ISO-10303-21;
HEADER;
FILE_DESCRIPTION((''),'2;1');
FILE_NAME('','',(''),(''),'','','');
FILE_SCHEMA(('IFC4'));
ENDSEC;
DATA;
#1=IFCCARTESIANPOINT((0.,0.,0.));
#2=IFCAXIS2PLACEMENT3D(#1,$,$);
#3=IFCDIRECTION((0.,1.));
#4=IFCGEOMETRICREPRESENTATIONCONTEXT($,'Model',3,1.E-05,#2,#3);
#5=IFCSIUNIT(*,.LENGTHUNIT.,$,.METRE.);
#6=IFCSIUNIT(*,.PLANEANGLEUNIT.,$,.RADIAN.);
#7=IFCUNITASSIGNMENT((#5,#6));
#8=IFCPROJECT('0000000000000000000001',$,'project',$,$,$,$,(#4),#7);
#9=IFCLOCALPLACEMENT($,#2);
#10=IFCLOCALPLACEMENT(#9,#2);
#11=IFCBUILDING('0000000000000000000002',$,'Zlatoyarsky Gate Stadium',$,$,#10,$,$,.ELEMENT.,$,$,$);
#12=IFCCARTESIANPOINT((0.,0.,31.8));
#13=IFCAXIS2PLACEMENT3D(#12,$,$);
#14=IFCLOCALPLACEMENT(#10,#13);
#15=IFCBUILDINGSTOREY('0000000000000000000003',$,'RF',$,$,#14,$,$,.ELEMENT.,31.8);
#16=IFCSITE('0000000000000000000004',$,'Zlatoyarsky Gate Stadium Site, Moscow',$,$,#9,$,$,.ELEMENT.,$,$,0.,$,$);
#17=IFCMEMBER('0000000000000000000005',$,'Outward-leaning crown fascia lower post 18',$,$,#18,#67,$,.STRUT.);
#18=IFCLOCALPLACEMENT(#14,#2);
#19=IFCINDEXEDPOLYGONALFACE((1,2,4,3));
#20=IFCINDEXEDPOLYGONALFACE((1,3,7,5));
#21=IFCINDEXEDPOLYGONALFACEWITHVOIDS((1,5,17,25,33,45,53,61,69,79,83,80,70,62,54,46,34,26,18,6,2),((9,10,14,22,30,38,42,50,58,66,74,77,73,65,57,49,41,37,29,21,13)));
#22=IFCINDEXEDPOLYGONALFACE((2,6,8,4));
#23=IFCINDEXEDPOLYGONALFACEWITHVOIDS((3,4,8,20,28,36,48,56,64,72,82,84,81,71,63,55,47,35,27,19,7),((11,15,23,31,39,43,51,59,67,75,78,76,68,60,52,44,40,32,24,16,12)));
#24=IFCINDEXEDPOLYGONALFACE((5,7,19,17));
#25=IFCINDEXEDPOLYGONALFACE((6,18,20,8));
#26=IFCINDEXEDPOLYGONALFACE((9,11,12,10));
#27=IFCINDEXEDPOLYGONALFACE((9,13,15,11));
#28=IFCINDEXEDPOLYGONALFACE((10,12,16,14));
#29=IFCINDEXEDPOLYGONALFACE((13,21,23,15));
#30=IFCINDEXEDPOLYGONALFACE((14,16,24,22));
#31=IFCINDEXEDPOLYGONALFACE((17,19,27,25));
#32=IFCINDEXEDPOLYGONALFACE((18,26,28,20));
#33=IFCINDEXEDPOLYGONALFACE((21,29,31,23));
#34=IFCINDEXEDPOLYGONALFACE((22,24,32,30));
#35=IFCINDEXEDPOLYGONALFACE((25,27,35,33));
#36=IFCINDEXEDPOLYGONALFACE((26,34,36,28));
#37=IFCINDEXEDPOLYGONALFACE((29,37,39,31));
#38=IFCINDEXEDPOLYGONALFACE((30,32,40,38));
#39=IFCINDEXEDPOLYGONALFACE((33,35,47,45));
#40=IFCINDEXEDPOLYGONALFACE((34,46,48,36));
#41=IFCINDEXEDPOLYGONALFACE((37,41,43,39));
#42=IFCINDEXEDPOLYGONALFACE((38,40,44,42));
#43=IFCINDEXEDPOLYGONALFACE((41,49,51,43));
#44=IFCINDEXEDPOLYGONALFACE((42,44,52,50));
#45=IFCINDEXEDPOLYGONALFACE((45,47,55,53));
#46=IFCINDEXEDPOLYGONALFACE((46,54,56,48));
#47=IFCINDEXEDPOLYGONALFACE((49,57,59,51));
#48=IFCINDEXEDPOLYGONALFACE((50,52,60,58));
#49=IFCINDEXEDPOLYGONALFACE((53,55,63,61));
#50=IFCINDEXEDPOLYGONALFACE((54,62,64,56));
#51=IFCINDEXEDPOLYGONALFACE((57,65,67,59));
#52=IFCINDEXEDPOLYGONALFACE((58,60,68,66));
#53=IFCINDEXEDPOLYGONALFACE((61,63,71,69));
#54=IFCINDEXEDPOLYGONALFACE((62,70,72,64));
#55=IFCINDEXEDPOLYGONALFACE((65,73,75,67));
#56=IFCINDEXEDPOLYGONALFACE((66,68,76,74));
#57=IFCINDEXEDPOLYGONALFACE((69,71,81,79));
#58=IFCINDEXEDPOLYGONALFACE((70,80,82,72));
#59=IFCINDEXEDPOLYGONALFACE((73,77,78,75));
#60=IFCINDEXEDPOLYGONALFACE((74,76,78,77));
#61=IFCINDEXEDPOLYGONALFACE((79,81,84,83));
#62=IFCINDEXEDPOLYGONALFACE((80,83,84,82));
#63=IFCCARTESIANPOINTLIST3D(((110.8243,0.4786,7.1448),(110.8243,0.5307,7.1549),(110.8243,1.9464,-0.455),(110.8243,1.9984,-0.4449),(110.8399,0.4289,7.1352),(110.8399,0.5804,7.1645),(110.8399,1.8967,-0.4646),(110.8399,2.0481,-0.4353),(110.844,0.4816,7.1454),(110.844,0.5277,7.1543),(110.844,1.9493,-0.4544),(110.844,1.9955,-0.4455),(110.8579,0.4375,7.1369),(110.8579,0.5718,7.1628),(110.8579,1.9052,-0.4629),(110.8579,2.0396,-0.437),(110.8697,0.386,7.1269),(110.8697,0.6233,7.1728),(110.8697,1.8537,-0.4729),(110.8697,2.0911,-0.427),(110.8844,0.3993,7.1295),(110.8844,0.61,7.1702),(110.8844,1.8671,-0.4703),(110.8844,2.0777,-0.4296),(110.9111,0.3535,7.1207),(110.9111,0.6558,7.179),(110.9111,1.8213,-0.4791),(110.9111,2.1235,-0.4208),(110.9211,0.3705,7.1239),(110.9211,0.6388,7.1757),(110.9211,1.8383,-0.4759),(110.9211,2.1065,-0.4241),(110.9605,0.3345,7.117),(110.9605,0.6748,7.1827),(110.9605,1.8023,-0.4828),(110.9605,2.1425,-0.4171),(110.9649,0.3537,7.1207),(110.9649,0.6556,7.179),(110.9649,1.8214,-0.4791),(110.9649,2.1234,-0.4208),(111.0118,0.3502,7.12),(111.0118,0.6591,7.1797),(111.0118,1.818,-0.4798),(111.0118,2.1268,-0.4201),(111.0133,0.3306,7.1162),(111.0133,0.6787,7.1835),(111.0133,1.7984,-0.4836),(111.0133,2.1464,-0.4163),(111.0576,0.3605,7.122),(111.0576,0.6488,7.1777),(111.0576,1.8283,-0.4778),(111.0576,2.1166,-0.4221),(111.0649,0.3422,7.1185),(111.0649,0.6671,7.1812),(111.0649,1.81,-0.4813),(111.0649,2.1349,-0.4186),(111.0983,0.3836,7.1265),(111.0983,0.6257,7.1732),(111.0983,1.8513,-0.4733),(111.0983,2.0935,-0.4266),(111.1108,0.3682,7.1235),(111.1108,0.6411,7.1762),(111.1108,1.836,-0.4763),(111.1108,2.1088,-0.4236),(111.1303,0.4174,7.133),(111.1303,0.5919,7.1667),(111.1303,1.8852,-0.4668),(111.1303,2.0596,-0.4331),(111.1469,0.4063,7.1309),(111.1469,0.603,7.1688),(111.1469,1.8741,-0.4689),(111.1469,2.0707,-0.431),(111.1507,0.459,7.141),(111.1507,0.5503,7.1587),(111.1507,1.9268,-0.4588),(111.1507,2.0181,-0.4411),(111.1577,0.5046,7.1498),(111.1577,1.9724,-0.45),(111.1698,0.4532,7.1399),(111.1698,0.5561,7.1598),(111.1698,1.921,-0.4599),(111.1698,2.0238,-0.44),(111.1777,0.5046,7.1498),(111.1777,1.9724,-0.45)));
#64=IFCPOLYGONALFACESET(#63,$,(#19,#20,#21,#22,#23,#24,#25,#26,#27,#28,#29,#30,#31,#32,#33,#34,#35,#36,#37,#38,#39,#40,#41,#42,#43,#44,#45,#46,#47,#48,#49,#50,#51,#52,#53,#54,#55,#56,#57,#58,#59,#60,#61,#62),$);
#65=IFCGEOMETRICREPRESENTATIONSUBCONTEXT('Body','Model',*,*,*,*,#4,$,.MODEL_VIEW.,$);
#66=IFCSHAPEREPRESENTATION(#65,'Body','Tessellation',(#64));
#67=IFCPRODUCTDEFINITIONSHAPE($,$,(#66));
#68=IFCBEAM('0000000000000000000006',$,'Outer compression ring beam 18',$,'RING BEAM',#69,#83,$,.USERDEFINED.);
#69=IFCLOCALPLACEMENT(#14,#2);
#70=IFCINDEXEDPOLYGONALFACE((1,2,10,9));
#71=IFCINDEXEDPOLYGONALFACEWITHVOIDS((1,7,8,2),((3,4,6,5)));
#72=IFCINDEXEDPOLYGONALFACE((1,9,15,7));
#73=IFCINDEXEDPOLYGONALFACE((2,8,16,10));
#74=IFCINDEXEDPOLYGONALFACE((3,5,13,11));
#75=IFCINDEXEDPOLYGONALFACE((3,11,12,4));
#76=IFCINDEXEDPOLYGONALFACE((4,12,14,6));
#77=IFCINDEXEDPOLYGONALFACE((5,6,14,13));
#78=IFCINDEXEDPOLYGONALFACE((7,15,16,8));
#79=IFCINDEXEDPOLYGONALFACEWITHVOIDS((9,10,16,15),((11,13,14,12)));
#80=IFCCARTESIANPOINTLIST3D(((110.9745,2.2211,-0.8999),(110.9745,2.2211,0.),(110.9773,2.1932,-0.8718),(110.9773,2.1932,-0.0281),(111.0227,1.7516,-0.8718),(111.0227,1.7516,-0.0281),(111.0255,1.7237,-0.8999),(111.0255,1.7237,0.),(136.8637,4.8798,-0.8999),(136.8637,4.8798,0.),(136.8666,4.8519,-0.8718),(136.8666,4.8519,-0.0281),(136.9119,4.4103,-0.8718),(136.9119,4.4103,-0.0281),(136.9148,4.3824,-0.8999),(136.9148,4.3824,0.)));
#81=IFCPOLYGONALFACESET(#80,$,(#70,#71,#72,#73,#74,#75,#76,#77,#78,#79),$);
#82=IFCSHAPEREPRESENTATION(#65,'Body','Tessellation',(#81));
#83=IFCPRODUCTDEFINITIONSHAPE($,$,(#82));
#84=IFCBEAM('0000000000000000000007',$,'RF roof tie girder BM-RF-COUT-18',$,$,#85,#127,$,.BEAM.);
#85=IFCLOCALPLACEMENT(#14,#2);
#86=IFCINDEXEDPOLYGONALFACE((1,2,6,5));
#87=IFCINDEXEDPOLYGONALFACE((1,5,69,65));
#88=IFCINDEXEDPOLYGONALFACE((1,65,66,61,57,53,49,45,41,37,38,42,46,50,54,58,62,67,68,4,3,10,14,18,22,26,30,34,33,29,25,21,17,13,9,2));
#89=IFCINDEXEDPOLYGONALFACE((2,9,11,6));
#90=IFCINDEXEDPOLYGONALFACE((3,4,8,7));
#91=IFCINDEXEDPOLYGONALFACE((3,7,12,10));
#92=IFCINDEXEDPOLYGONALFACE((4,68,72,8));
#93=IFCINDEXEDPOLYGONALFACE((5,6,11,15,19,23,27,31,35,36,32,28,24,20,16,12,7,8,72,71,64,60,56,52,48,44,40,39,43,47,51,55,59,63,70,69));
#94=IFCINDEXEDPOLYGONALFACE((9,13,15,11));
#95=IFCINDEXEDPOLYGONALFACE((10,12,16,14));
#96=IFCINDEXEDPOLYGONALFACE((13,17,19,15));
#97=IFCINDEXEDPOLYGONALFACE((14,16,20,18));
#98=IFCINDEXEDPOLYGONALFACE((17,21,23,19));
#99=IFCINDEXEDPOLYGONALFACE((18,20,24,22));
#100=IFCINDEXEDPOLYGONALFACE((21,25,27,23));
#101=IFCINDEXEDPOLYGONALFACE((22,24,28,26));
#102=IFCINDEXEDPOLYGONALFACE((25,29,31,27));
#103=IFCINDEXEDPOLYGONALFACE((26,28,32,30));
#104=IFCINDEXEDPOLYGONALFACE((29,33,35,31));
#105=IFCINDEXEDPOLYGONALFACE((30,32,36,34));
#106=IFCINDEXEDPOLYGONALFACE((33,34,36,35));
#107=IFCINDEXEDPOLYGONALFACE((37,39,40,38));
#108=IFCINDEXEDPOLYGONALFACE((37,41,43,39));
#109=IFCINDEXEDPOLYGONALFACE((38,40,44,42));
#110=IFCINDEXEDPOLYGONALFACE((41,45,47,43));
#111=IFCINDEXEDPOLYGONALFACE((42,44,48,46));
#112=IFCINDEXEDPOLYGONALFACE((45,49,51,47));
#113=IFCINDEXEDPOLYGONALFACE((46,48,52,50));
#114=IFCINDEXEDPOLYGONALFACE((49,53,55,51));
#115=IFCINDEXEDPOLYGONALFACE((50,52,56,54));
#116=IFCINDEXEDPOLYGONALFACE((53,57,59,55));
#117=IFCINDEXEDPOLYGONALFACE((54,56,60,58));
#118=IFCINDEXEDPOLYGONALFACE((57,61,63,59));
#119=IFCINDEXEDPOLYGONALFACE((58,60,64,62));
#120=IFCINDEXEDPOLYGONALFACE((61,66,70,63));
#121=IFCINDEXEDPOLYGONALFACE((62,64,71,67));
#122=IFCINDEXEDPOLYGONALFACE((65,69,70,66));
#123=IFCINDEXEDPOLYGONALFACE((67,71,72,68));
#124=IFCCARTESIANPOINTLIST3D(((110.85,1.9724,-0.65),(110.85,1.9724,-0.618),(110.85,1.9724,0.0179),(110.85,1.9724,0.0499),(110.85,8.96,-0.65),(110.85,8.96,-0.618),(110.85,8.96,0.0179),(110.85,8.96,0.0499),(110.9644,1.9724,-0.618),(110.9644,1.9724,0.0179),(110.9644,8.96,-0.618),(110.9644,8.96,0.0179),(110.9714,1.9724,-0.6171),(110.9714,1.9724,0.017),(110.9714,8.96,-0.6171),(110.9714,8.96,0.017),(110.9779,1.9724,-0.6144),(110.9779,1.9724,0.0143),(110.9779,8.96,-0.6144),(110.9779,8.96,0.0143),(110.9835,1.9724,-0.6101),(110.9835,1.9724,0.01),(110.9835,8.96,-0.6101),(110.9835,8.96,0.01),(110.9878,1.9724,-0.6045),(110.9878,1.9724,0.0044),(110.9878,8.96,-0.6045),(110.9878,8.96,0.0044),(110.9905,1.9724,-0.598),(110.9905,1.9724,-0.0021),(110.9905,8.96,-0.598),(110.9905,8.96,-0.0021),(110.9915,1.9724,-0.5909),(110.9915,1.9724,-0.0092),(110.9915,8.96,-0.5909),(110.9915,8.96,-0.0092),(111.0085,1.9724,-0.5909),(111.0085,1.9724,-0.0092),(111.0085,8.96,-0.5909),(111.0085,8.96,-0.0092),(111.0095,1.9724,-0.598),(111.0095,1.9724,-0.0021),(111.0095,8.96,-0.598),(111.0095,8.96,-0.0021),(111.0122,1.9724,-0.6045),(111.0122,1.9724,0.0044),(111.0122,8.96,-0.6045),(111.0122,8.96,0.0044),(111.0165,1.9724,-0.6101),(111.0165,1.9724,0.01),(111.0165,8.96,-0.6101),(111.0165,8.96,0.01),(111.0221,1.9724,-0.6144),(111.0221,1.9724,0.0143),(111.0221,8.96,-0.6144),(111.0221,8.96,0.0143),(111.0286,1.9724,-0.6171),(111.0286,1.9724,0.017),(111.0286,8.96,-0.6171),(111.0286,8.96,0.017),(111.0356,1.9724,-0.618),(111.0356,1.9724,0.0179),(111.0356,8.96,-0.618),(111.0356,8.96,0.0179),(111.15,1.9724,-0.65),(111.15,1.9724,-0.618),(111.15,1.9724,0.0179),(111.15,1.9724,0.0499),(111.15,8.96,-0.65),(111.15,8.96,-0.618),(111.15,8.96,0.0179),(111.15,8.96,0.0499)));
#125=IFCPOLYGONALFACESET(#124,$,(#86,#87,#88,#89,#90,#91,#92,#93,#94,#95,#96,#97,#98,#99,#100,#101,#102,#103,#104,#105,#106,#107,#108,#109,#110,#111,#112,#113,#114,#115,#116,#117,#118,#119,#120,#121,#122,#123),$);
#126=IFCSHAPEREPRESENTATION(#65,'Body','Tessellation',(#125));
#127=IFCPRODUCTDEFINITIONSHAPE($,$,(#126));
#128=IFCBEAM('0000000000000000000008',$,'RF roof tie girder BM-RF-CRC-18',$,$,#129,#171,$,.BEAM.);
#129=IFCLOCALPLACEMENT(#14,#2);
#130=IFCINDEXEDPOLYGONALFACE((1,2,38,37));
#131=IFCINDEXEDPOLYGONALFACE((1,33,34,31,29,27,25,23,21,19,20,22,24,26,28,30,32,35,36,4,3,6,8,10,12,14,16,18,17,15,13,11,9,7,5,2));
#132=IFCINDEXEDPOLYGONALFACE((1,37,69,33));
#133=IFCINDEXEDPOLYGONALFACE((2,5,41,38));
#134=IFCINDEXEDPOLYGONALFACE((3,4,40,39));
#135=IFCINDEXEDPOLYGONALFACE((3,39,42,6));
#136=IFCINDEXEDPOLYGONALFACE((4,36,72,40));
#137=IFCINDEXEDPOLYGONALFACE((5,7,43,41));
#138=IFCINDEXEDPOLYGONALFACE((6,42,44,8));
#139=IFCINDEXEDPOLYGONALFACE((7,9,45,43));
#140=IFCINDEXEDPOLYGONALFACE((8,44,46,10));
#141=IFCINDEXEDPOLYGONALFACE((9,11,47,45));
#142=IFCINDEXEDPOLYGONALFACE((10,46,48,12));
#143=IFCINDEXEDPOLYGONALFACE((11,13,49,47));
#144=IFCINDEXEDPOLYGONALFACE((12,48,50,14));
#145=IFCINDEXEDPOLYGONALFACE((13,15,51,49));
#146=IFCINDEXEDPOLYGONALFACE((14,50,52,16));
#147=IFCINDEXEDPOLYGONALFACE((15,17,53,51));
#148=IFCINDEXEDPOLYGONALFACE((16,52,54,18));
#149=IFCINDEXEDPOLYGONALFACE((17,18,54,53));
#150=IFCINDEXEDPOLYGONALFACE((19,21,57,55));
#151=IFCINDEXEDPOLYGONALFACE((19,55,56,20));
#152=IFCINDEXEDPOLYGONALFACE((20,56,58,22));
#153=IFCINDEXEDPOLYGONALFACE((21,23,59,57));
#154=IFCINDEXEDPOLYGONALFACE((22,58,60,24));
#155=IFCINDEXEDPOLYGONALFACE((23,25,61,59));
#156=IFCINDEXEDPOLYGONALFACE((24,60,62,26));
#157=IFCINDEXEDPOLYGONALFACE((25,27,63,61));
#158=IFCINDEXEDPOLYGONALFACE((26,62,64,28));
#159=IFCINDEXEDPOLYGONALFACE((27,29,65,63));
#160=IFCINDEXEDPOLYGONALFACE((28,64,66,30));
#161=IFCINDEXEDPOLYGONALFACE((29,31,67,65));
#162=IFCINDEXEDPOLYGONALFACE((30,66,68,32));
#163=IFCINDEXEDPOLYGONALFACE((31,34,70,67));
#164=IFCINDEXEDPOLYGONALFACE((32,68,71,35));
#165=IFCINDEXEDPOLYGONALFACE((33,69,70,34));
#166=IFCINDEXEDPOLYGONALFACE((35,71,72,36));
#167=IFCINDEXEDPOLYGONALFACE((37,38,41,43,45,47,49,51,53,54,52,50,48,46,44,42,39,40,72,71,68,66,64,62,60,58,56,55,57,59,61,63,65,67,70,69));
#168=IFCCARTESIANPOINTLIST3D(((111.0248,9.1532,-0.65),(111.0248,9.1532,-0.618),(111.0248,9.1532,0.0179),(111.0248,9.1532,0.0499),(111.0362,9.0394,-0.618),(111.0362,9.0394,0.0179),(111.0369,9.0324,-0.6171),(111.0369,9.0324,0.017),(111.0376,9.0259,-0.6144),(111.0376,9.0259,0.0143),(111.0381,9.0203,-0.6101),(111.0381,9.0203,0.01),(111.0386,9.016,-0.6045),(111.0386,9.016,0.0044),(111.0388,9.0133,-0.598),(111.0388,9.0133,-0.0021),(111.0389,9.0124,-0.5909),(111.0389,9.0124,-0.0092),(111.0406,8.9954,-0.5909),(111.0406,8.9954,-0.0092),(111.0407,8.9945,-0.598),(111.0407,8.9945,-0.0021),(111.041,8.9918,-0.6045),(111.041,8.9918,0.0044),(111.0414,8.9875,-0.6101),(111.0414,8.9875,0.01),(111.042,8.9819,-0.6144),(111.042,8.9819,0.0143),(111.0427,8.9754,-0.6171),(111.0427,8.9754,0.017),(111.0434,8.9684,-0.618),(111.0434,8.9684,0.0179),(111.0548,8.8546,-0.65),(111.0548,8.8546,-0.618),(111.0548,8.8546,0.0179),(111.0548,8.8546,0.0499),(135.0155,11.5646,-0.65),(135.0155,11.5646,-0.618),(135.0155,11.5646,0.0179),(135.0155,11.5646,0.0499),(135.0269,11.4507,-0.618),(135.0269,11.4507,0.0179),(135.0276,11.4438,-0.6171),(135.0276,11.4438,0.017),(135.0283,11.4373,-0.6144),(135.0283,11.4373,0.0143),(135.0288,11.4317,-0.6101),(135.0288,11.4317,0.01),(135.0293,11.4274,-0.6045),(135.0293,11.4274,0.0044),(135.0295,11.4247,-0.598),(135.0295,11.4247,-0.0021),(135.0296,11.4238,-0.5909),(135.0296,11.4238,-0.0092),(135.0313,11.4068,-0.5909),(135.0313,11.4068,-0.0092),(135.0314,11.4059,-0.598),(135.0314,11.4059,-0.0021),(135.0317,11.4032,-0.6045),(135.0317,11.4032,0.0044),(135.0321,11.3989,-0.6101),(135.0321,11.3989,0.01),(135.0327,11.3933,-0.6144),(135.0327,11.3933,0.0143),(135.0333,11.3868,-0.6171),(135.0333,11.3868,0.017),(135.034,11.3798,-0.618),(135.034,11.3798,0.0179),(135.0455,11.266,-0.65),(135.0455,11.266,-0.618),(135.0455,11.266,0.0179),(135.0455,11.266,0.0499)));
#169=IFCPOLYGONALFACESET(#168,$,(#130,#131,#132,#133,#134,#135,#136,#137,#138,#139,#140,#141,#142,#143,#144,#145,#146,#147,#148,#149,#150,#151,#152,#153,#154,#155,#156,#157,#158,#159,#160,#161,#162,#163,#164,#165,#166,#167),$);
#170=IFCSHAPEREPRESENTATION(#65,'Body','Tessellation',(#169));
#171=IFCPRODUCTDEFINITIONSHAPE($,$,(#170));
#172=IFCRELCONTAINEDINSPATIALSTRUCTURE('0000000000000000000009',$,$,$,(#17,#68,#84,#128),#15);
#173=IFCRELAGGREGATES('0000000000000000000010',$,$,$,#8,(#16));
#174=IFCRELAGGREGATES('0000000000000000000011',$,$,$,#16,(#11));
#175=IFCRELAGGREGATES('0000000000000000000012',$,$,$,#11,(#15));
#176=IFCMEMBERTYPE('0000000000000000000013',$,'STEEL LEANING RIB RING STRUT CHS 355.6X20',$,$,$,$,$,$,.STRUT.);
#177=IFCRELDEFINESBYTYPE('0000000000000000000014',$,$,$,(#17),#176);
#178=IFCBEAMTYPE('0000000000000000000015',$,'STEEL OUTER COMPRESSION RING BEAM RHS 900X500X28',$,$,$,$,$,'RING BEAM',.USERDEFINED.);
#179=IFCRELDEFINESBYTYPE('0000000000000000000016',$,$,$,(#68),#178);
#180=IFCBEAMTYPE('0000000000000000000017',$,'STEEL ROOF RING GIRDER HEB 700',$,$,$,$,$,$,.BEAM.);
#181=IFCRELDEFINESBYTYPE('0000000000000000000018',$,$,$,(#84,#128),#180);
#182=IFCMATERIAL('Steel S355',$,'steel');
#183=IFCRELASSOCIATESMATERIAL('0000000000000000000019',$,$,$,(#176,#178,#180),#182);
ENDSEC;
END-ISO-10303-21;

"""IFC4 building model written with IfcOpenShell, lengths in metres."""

from ifc_helpers import new_model, si_unit, direction, frame, origin, origin_2d, place, context, subcontext, project, spatial, hollow_rectangle, hollow_circle, i_section, extrude, material, material_profile, profile_set, type_object, element, save


model = new_model("IFC4")

# Units and contexts
model_context = context("Model", 3, precision=1e-05, world=origin(), true_north=direction((0.0, 1.0)))
body_context = subcontext(model_context, "Body", "Model", "MODEL_VIEW")
ifc_project = project(units=[si_unit("LENGTHUNIT", "METRE"), si_unit("PLANEANGLEUNIT", "RADIAN")], contexts=[model_context])

# Site, building, storey
site_placement = place(None, origin())
site = spatial("IfcSite", under=ifc_project, at=site_placement, Name="Zlatoyarsky Gate Stadium Site, Moscow", CompositionType="ELEMENT", RefElevation=0.0)
building_placement = place(site_placement, origin())
building = spatial("IfcBuilding", under=site, at=building_placement, Name="Zlatoyarsky Gate Stadium", CompositionType="ELEMENT")
storey_placement = place(building_placement, frame((0.0, 0.0, 31.8)))
storey = spatial("IfcBuildingStorey", under=building, at=storey_placement, Name="RF", CompositionType="ELEMENT", Elevation=31.8)

# Member
ifc_material_1 = material(Name="Steel S355", Category="steel")
ifc_material_profile_1 = material_profile(ifc_material_1, hollow_circle(Radius=0.1777, WallThickness=0.02, at=origin_2d()), Name="CHS 355.6X20")
ifc_profile_set_1 = profile_set([ifc_material_profile_1], Name="Steel S355")
member_type_1 = type_object("IfcMemberType", Name="STEEL LEANING RIB RING STRUT CHS 355.6X20", PredefinedType="STRUT", material=ifc_profile_set_1)
member_1_placement = place(storey_placement, frame((111.0, 1.9724, -0.45), z_axis=(0.0, -0.189628, 0.981856), x_axis=(1.0, 0.0, 0.0)))
element("IfcMember", 1, at=member_1_placement, inside=storey, type_object=member_type_1, Name="Outward-leaning crown fascia lower post 18", PredefinedType="STRUT", context=body_context, shape_type="SweptSolid", body=[
    extrude(hollow_circle(Radius=0.1777, WallThickness=0.02, at=origin_2d()), origin(), (0.0, 0.0, 1.0), 7.7402),
])

# Beams
ifc_material_profile_2 = material_profile(ifc_material_1, hollow_rectangle(XDim=0.5, YDim=0.8999, WallThickness=0.0281, at=origin_2d()), Name="RHS 900X500X28")
ifc_profile_set_2 = profile_set([ifc_material_profile_2], Name="Steel S355")
beam_type_1 = type_object("IfcBeamType", Name="STEEL OUTER COMPRESSION RING BEAM RHS 900X500X28", ElementType="RING BEAM", PredefinedType="USERDEFINED", material=ifc_profile_set_2)
beam_1_placement = place(storey_placement, frame((111.0, 1.9724, -0.45), z_axis=(0.994768, 0.102158, 0.0), x_axis=(-0.102158, 0.994768, 0.0)))
element("IfcBeam", 2, at=beam_1_placement, inside=storey, type_object=beam_type_1, Name="Outer compression ring beam 18", ObjectType="RING BEAM", PredefinedType="USERDEFINED", context=body_context, shape_type="SweptSolid", body=[
    extrude(hollow_rectangle(XDim=0.5, YDim=0.8999, WallThickness=0.0281, at=origin_2d()), origin(), (0.0, 0.0, 1.0), 26.0254),
])
ifc_material_profile_3 = material_profile(ifc_material_1, i_section(OverallWidth=0.3, OverallDepth=0.7, WebThickness=0.0171, FlangeThickness=0.032, FilletRadius=0.0271, at=origin_2d()), Name="HEB 700")
ifc_profile_set_3 = profile_set([ifc_material_profile_3], Name="Steel S355")
beam_type_2 = type_object("IfcBeamType", Name="STEEL ROOF RING GIRDER HEB 700", PredefinedType="BEAM", material=ifc_profile_set_3)
beam_2_placement = place(storey_placement, frame((111.0, 8.96, -0.3), z_axis=(0.0, -1.0, 0.0), x_axis=(1.0, 0.0, 0.0)))
element("IfcBeam", 3, at=beam_2_placement, inside=storey, type_object=beam_type_2, Name="RF roof tie girder BM-RF-COUT-18", PredefinedType="BEAM", context=body_context, shape_type="SweptSolid", body=[
    extrude(i_section(OverallWidth=0.3, OverallDepth=0.7, WebThickness=0.0171, FlangeThickness=0.032, FilletRadius=0.0271, at=origin_2d()), origin(), (0.0, 0.0, 1.0), 6.9875),
])
beam_3_placement = place(storey_placement, frame((111.0398, 9.0039, -0.3), z_axis=(0.994987, 0.100009, 0.0), x_axis=(-0.100009, 0.994987, 0.0)))
element("IfcBeam", 4, at=beam_3_placement, inside=storey, type_object=beam_type_2, Name="RF roof tie girder BM-RF-CRC-18", PredefinedType="BEAM", context=body_context, shape_type="SweptSolid", body=[
    extrude(i_section(OverallWidth=0.3, OverallDepth=0.7, WebThickness=0.0171, FlangeThickness=0.032, FilletRadius=0.0271, at=origin_2d()), origin(), (0.0, 0.0, 1.0), 24.1116),
])

save(model, "model.ifc")
